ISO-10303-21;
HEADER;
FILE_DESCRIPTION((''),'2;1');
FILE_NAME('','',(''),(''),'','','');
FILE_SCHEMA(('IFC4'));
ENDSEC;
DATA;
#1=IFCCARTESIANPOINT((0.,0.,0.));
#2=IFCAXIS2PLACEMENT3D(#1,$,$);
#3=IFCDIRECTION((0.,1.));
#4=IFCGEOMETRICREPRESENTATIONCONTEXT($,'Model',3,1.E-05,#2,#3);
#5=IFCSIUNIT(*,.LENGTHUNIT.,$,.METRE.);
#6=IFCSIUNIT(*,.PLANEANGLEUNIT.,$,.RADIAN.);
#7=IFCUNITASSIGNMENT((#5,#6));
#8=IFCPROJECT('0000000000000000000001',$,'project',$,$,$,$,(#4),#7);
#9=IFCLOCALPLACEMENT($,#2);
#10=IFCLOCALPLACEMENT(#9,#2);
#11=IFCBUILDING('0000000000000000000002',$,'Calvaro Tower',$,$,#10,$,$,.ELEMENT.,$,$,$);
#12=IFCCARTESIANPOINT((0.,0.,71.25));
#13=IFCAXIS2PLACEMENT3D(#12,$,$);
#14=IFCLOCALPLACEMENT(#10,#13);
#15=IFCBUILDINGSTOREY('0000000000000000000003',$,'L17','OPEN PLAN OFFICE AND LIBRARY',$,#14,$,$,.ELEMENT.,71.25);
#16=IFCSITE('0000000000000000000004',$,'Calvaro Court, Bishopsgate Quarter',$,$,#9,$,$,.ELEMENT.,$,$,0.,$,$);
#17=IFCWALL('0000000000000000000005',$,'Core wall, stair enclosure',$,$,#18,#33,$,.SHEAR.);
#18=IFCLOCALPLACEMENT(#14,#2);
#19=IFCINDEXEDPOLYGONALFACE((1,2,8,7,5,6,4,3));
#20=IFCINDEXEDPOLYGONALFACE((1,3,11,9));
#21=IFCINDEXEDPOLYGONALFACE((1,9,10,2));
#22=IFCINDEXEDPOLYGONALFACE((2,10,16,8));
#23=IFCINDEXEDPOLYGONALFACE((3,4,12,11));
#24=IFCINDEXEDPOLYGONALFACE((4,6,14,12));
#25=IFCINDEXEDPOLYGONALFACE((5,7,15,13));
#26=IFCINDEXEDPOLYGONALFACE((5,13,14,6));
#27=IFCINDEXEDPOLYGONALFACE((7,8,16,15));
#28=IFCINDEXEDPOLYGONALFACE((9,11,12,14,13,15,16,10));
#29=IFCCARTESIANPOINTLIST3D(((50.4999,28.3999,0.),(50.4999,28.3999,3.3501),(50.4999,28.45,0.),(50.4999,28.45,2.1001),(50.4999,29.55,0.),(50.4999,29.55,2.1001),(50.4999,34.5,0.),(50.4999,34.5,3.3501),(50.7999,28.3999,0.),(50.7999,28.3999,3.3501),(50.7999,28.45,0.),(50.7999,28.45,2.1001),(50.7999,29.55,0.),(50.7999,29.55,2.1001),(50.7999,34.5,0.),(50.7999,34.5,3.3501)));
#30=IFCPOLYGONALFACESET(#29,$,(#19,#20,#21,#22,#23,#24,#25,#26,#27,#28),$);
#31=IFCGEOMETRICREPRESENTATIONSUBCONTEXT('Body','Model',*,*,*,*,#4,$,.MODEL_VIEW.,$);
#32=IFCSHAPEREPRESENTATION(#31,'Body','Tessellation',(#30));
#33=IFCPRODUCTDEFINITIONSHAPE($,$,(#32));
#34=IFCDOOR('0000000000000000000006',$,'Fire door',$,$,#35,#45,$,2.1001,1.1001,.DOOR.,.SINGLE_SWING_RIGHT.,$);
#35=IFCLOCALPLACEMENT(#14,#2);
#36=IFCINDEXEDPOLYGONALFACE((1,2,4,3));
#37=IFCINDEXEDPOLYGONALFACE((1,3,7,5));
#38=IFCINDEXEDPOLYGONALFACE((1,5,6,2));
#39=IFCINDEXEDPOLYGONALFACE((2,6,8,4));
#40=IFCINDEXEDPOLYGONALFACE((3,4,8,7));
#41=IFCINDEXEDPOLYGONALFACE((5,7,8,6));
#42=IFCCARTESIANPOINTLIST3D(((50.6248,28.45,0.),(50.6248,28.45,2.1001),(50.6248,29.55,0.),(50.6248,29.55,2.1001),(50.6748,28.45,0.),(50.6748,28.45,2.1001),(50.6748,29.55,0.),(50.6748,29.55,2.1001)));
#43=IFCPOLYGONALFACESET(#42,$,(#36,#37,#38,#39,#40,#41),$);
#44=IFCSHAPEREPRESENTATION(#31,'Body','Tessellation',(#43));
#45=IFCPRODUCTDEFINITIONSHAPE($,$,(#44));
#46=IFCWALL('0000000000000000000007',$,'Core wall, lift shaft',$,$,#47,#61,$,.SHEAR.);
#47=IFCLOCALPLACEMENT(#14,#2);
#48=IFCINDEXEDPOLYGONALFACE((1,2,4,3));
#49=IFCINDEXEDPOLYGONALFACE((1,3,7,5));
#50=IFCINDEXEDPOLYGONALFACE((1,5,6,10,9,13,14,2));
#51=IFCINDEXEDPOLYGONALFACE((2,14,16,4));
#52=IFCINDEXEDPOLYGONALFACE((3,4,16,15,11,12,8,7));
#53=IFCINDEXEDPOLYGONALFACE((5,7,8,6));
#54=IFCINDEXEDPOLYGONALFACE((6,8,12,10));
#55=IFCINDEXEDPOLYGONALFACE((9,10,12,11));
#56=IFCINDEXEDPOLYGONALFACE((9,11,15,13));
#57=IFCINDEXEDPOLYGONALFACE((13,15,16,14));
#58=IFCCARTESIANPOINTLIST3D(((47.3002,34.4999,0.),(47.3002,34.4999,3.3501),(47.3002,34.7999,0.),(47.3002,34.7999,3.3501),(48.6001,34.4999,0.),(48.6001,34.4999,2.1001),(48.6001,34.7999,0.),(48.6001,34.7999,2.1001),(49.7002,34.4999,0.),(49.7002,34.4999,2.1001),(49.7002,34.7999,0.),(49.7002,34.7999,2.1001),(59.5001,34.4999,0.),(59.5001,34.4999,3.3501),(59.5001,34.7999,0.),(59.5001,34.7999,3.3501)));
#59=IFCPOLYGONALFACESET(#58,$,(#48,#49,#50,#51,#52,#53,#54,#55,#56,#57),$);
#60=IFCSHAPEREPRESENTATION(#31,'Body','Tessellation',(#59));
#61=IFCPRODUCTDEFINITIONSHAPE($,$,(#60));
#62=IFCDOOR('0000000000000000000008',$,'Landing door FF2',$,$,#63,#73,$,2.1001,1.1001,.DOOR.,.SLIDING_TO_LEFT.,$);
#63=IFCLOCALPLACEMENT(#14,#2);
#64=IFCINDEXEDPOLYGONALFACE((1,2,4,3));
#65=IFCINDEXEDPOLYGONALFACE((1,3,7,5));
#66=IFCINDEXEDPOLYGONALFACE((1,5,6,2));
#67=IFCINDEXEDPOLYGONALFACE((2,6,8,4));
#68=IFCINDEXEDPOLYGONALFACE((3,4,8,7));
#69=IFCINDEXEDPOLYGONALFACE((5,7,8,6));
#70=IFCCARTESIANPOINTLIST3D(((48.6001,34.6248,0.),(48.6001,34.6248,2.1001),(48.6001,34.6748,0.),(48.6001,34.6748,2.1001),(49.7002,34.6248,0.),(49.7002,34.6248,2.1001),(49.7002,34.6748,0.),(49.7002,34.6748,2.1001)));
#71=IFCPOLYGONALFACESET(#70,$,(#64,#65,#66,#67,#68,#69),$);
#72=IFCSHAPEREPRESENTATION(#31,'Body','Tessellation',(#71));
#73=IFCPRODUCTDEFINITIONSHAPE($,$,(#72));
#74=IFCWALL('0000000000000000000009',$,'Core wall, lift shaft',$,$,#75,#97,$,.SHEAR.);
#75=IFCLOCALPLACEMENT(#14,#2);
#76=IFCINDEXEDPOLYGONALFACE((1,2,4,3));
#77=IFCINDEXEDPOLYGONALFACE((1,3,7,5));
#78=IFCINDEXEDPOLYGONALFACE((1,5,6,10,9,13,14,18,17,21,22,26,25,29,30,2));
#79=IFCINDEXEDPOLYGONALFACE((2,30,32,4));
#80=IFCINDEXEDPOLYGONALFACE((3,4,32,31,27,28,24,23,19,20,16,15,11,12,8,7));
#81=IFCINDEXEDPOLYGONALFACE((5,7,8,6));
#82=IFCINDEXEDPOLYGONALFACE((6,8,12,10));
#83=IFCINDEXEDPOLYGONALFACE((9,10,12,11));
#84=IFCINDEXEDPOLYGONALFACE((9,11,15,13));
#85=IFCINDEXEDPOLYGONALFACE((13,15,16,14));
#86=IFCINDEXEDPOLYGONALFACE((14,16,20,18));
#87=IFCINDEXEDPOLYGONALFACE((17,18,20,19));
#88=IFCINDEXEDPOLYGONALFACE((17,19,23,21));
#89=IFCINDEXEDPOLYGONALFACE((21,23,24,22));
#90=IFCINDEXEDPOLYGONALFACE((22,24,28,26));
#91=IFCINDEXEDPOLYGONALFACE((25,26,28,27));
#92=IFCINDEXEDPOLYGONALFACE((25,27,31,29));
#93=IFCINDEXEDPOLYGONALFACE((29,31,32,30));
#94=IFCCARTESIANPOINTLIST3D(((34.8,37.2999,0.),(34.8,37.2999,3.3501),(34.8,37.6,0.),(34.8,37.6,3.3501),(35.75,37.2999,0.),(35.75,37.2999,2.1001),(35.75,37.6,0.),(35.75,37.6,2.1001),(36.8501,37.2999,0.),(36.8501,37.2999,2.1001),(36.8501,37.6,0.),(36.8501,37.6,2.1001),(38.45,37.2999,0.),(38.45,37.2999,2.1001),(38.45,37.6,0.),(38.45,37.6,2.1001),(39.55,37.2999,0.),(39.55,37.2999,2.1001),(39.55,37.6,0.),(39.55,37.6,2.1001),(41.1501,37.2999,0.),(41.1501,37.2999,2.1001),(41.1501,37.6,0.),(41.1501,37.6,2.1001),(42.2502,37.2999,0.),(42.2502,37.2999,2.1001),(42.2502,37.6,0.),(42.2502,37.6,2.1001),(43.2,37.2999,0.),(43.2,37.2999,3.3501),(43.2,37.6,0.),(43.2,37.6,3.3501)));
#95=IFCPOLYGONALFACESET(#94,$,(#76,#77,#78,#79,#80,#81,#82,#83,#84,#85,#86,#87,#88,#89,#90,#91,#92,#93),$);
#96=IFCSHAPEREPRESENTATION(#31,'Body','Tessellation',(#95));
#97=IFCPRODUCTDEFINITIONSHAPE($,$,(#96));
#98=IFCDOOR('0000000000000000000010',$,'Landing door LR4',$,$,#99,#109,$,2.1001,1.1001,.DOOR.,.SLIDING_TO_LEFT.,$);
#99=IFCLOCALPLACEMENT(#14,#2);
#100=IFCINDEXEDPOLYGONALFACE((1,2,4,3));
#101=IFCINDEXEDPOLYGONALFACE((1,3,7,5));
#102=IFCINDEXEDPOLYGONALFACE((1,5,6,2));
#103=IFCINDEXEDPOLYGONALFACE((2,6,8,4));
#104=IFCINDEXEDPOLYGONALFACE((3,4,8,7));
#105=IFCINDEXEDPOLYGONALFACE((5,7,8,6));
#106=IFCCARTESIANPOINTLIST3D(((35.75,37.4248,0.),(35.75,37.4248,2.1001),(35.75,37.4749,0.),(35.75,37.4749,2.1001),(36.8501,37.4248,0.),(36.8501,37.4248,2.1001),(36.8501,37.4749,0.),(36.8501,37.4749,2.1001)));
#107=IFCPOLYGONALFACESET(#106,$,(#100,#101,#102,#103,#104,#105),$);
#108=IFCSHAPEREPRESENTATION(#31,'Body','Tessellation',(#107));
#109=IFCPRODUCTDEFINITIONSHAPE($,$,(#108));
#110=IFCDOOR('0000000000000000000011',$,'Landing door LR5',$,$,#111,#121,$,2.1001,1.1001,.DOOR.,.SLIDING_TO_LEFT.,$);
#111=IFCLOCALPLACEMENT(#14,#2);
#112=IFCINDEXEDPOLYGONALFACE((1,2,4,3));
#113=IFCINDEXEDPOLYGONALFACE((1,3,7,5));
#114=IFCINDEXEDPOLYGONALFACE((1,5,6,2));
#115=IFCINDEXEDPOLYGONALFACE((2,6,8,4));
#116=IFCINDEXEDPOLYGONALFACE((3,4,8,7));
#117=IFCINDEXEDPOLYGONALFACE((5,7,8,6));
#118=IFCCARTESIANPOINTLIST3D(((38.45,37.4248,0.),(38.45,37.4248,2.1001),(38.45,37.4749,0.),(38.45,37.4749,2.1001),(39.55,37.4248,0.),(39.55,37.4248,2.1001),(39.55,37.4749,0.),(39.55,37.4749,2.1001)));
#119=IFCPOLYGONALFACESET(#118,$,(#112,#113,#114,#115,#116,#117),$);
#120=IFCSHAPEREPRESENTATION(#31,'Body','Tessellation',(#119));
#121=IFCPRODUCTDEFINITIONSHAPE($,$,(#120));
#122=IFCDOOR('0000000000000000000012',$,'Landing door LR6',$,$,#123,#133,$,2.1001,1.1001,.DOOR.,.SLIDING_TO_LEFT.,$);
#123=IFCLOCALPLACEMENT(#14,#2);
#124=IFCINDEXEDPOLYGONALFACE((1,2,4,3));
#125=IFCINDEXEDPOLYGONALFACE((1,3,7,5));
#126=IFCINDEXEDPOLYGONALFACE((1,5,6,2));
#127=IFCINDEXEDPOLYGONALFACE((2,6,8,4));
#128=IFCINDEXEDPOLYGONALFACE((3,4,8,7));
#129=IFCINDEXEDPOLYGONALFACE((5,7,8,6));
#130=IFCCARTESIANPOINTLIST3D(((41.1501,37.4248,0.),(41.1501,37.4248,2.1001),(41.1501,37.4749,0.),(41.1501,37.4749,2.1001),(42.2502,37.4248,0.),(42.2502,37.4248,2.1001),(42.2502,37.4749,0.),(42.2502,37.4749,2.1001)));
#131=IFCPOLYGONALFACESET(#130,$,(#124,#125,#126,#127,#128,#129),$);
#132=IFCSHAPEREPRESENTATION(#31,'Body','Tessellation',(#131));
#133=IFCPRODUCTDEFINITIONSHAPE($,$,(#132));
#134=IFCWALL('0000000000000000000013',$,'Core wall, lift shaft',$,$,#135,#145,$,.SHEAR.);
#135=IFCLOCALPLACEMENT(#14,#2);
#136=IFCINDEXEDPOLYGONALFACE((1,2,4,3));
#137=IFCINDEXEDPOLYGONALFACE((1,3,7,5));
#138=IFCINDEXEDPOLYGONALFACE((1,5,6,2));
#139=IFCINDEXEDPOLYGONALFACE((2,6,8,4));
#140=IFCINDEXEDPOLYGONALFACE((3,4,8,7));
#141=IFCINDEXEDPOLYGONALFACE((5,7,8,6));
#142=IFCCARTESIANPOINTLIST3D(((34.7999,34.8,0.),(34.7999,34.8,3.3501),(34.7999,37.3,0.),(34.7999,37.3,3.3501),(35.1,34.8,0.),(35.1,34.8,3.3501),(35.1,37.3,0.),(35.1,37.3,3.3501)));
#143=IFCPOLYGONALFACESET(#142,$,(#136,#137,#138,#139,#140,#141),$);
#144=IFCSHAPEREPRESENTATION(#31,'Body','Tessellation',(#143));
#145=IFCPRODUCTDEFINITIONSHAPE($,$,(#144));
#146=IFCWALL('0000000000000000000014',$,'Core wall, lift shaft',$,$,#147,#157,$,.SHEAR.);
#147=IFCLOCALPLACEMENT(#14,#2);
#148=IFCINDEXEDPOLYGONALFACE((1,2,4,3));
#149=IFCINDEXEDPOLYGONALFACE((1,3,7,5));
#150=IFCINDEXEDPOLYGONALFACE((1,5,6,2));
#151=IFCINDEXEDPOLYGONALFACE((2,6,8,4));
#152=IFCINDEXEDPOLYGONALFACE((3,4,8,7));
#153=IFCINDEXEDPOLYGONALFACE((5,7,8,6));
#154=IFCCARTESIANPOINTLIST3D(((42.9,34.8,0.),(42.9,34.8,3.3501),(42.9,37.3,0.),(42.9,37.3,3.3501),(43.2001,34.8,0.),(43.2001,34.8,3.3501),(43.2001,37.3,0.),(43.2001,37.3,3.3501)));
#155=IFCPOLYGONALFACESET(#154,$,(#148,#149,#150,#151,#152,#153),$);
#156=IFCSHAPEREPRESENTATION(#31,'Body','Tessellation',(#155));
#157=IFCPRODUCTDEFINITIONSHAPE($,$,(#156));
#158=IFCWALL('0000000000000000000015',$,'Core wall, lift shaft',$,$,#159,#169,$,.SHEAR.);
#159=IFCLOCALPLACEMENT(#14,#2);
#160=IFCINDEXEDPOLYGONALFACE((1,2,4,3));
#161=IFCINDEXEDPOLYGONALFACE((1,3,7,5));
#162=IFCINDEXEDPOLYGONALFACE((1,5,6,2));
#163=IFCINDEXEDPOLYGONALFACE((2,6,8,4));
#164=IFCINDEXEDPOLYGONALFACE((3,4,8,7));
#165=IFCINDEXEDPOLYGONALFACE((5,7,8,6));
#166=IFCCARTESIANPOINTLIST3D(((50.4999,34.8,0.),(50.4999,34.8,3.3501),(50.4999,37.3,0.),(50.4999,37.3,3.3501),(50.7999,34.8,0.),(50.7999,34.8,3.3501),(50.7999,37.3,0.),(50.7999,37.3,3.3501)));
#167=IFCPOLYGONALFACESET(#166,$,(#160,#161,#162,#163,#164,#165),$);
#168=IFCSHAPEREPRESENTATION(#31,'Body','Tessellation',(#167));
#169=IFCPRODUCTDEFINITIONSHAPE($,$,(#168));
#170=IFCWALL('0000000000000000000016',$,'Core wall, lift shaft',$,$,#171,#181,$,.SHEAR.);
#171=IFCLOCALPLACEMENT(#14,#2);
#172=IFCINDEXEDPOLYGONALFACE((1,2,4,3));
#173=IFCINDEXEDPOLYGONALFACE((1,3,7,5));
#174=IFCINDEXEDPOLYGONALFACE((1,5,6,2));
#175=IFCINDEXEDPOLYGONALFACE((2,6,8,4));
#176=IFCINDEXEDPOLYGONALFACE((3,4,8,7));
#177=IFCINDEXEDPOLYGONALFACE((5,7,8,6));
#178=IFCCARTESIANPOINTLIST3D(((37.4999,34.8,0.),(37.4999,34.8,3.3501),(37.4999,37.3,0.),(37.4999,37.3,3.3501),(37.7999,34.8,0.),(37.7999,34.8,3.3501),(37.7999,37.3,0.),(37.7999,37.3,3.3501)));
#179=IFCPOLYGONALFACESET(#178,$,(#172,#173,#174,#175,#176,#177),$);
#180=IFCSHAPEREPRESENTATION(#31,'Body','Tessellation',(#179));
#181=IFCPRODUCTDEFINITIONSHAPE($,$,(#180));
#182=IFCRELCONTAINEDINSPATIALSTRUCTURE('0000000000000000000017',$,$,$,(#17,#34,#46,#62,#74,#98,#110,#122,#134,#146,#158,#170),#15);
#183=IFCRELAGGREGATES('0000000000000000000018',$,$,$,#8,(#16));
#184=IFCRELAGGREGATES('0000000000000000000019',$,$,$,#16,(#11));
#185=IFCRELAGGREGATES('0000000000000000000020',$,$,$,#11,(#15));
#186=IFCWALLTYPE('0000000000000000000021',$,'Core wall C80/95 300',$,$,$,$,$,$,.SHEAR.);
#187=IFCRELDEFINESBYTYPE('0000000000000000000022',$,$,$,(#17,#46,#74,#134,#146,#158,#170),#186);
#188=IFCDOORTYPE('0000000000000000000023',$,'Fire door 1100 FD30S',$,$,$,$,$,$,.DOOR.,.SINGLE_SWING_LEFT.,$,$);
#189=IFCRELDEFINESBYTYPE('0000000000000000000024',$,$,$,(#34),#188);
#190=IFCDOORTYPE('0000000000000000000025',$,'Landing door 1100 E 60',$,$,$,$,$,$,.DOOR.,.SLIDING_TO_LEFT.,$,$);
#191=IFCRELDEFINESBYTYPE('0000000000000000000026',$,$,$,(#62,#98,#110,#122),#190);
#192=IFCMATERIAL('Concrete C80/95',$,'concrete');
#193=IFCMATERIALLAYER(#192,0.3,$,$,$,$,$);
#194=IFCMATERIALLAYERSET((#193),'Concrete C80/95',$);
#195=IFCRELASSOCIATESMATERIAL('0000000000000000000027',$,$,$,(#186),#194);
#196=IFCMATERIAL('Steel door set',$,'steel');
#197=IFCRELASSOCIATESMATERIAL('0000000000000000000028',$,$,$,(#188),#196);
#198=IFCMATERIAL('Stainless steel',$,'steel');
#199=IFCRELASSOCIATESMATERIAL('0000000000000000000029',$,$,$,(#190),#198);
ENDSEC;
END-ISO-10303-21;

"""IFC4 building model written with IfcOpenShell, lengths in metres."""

from ifc_helpers import new_model, si_unit, direction, frame, frame_2d, origin, place, context, subcontext, project, spatial, rectangle, extrude, material, layer, layer_set, type_object, element, fill, save


model = new_model("IFC4")

# Units and contexts
model_context = context("Model", 3, precision=1e-05, world=origin(), true_north=direction((0.0, 1.0)))
body_context = subcontext(model_context, "Body", "Model", "MODEL_VIEW")
ifc_project = project(units=[si_unit("LENGTHUNIT", "METRE"), si_unit("PLANEANGLEUNIT", "RADIAN")], contexts=[model_context])

# Site, building, storey
site_placement = place(None, origin())
site = spatial("IfcSite", under=ifc_project, at=site_placement, Name="Calvaro Court, Bishopsgate Quarter", CompositionType="ELEMENT", RefElevation=0.0)
building_placement = place(site_placement, origin())
building = spatial("IfcBuilding", under=site, at=building_placement, Name="Calvaro Tower", CompositionType="ELEMENT")
storey_placement = place(building_placement, frame((0.0, 0.0, 71.25)))
storey = spatial("IfcBuildingStorey", under=building, at=storey_placement, Name="L17", Description="OPEN PLAN OFFICE AND LIBRARY", CompositionType="ELEMENT", Elevation=71.25)

# Walls, openings, doors
ifc_material_1 = material(Name="Concrete C80/95", Category="concrete")
ifc_layer_1 = layer(ifc_material_1, 0.3)
ifc_layer_set_1 = layer_set([ifc_layer_1], Name="Concrete C80/95")
wall_type_1 = type_object("IfcWallType", Name="Core wall C80/95 300", PredefinedType="SHEAR", material=ifc_layer_set_1)
wall_1_placement = place(storey_placement, frame((50.6499, 34.5, 0.0), z_axis=(0.0, 0.0, 1.0), x_axis=(0.0, -1.0, 0.0)))
wall_1 = element("IfcWall", 1, at=wall_1_placement, inside=storey, type_object=wall_type_1, Name="Core wall, stair enclosure", PredefinedType="SHEAR", context=body_context, shape_type="SweptSolid", body=[
    extrude(rectangle(XDim=6.1001, YDim=0.3, at=frame_2d((3.05, 0.0))), origin(), (0.0, 0.0, 1.0), 3.3501),
])
opening_1_placement = place(wall_1_placement, frame((4.95, 0.0, 0.0)))
opening_1 = element("IfcOpeningElement", 2, at=opening_1_placement, cuts=wall_1, PredefinedType="OPENING", context=body_context, shape_type="SweptSolid", body=[
    extrude(rectangle(XDim=1.1001, YDim=2.1001, at=frame_2d((0.55, 1.05))), frame((0.0, 0.1599, 0.0), z_axis=(0.0, -1.0, 0.0), x_axis=(1.0, 0.0, 0.0)), (0.0, 0.0, 1.0), 0.3201),
])
ifc_material_2 = material(Name="Steel door set", Category="steel")
door_type_1 = type_object("IfcDoorType", Name="Fire door 1100 FD30S", OperationType="SINGLE_SWING_LEFT", PredefinedType="DOOR", material=ifc_material_2)
door_1_placement = place(opening_1_placement, origin())
door_1 = element("IfcDoor", 3, at=door_1_placement, inside=storey, type_object=door_type_1, Name="Fire door", OperationType="SINGLE_SWING_RIGHT", OverallHeight=2.1001, OverallWidth=1.1001, PredefinedType="DOOR", context=body_context, shape_type="SweptSolid", body=[
    extrude(rectangle(XDim=1.1001, YDim=2.1001, at=frame_2d((0.55, 1.05))), frame((0.0, 0.0249, 0.0), z_axis=(0.0, -1.0, 0.0), x_axis=(1.0, 0.0, 0.0)), (0.0, 0.0, 1.0), 0.05),
])
fill(opening_1, door_1)
wall_2_placement = place(storey_placement, frame((47.3, 34.6499, 0.0), z_axis=(0.0, 0.0, 1.0), x_axis=(1.0, 0.0, 0.0)))
wall_2 = element("IfcWall", 4, at=wall_2_placement, inside=storey, type_object=wall_type_1, Name="Core wall, lift shaft", PredefinedType="SHEAR", context=body_context, shape_type="SweptSolid", body=[
    extrude(rectangle(XDim=12.2, YDim=0.3, at=frame_2d((6.1001, 0.0))), origin(), (0.0, 0.0, 1.0), 3.3501),
])
opening_2_placement = place(wall_2_placement, frame((1.3, 0.0, 0.0)))
opening_2 = element("IfcOpeningElement", 5, at=opening_2_placement, cuts=wall_2, PredefinedType="OPENING", context=body_context, shape_type="SweptSolid", body=[
    extrude(rectangle(XDim=1.1001, YDim=2.1001, at=frame_2d((0.55, 1.05))), frame((0.0, 0.1599, 0.0), z_axis=(0.0, -1.0, 0.0), x_axis=(1.0, 0.0, 0.0)), (0.0, 0.0, 1.0), 0.3201),
])
ifc_material_3 = material(Name="Stainless steel", Category="steel")
door_type_2 = type_object("IfcDoorType", Name="Landing door 1100 E 60", OperationType="SLIDING_TO_LEFT", PredefinedType="DOOR", material=ifc_material_3)
door_2_placement = place(opening_2_placement, origin())
door_2 = element("IfcDoor", 6, at=door_2_placement, inside=storey, type_object=door_type_2, Name="Landing door FF2", OperationType="SLIDING_TO_LEFT", OverallHeight=2.1001, OverallWidth=1.1001, PredefinedType="DOOR", context=body_context, shape_type="SweptSolid", body=[
    extrude(rectangle(XDim=1.1001, YDim=2.1001, at=frame_2d((0.55, 1.05))), frame((0.0, 0.0249, 0.0), z_axis=(0.0, -1.0, 0.0), x_axis=(1.0, 0.0, 0.0)), (0.0, 0.0, 1.0), 0.05),
])
fill(opening_2, door_2)

# Wall, openings, doors
wall_3_placement = place(storey_placement, frame((34.8, 37.45, 0.0), z_axis=(0.0, 0.0, 1.0), x_axis=(1.0, 0.0, 0.0)))
wall_3 = element("IfcWall", 7, at=wall_3_placement, inside=storey, type_object=wall_type_1, Name="Core wall, lift shaft", PredefinedType="SHEAR", context=body_context, shape_type="SweptSolid", body=[
    extrude(rectangle(XDim=8.3999, YDim=0.3, at=frame_2d((4.2, 0.0))), origin(), (0.0, 0.0, 1.0), 3.3501),
])
opening_3_placement = place(wall_3_placement, frame((0.95, 0.0, 0.0)))
opening_3 = element("IfcOpeningElement", 8, at=opening_3_placement, cuts=wall_3, PredefinedType="OPENING", context=body_context, shape_type="SweptSolid", body=[
    extrude(rectangle(XDim=1.1001, YDim=2.1001, at=frame_2d((0.55, 1.05))), frame((0.0, 0.1599, 0.0), z_axis=(0.0, -1.0, 0.0), x_axis=(1.0, 0.0, 0.0)), (0.0, 0.0, 1.0), 0.3201),
])
opening_4_placement = place(wall_3_placement, frame((3.6499, 0.0, 0.0)))
opening_4 = element("IfcOpeningElement", 9, at=opening_4_placement, cuts=wall_3, PredefinedType="OPENING", context=body_context, shape_type="SweptSolid", body=[
    extrude(rectangle(XDim=1.1001, YDim=2.1001, at=frame_2d((0.55, 1.05))), frame((0.0, 0.1599, 0.0), z_axis=(0.0, -1.0, 0.0), x_axis=(1.0, 0.0, 0.0)), (0.0, 0.0, 1.0), 0.3201),
])
opening_5_placement = place(wall_3_placement, frame((6.3501, 0.0, 0.0)))
opening_5 = element("IfcOpeningElement", 10, at=opening_5_placement, cuts=wall_3, PredefinedType="OPENING", context=body_context, shape_type="SweptSolid", body=[
    extrude(rectangle(XDim=1.1001, YDim=2.1001, at=frame_2d((0.55, 1.05))), frame((0.0, 0.1599, 0.0), z_axis=(0.0, -1.0, 0.0), x_axis=(1.0, 0.0, 0.0)), (0.0, 0.0, 1.0), 0.3201),
])
door_3_placement = place(opening_3_placement, origin())
door_3 = element("IfcDoor", 11, at=door_3_placement, inside=storey, type_object=door_type_2, Name="Landing door LR4", OperationType="SLIDING_TO_LEFT", OverallHeight=2.1001, OverallWidth=1.1001, PredefinedType="DOOR", context=body_context, shape_type="SweptSolid", body=[
    extrude(rectangle(XDim=1.1001, YDim=2.1001, at=frame_2d((0.55, 1.05))), frame((0.0, 0.0249, 0.0), z_axis=(0.0, -1.0, 0.0), x_axis=(1.0, 0.0, 0.0)), (0.0, 0.0, 1.0), 0.05),
])
fill(opening_3, door_3)
door_4_placement = place(opening_4_placement, origin())
door_4 = element("IfcDoor", 12, at=door_4_placement, inside=storey, type_object=door_type_2, Name="Landing door LR5", OperationType="SLIDING_TO_LEFT", OverallHeight=2.1001, OverallWidth=1.1001, PredefinedType="DOOR", context=body_context, shape_type="SweptSolid", body=[
    extrude(rectangle(XDim=1.1001, YDim=2.1001, at=frame_2d((0.55, 1.05))), frame((0.0, 0.0249, 0.0), z_axis=(0.0, -1.0, 0.0), x_axis=(1.0, 0.0, 0.0)), (0.0, 0.0, 1.0), 0.05),
])
fill(opening_4, door_4)
door_5_placement = place(opening_5_placement, origin())
door_5 = element("IfcDoor", 13, at=door_5_placement, inside=storey, type_object=door_type_2, Name="Landing door LR6", OperationType="SLIDING_TO_LEFT", OverallHeight=2.1001, OverallWidth=1.1001, PredefinedType="DOOR", context=body_context, shape_type="SweptSolid", body=[
    extrude(rectangle(XDim=1.1001, YDim=2.1001, at=frame_2d((0.55, 1.05))), frame((0.0, 0.0249, 0.0), z_axis=(0.0, -1.0, 0.0), x_axis=(1.0, 0.0, 0.0)), (0.0, 0.0, 1.0), 0.05),
])
fill(opening_5, door_5)

# Walls
for number, where, z_axis, x_axis, name in (
    (14, (34.95, 34.8, 0.0), (0.0, 0.0, 1.0), (0.0, 1.0, 0.0), "Core wall, lift shaft"),
    (15, (43.05, 34.8, 0.0), (0.0, 0.0, 1.0), (0.0, 1.0, 0.0), "Core wall, lift shaft"),
    (16, (50.6499, 34.8, 0.0), (0.0, 0.0, 1.0), (0.0, 1.0, 0.0), "Core wall, lift shaft"),
    (17, (37.6499, 34.8, 0.0), (0.0, 0.0, 1.0), (0.0, 1.0, 0.0), "Core wall, lift shaft"),
):
    element("IfcWall", number, at=place(storey_placement, frame(where, z_axis=z_axis, x_axis=x_axis)), inside=storey, type_object=wall_type_1, Name=name, PredefinedType="SHEAR", context=body_context, shape_type="SweptSolid", body=[
        extrude(rectangle(XDim=2.5, YDim=0.3, at=frame_2d((1.25, 0.0))), origin(), (0.0, 0.0, 1.0), 3.3501),
    ])

save(model, "model.ifc")
